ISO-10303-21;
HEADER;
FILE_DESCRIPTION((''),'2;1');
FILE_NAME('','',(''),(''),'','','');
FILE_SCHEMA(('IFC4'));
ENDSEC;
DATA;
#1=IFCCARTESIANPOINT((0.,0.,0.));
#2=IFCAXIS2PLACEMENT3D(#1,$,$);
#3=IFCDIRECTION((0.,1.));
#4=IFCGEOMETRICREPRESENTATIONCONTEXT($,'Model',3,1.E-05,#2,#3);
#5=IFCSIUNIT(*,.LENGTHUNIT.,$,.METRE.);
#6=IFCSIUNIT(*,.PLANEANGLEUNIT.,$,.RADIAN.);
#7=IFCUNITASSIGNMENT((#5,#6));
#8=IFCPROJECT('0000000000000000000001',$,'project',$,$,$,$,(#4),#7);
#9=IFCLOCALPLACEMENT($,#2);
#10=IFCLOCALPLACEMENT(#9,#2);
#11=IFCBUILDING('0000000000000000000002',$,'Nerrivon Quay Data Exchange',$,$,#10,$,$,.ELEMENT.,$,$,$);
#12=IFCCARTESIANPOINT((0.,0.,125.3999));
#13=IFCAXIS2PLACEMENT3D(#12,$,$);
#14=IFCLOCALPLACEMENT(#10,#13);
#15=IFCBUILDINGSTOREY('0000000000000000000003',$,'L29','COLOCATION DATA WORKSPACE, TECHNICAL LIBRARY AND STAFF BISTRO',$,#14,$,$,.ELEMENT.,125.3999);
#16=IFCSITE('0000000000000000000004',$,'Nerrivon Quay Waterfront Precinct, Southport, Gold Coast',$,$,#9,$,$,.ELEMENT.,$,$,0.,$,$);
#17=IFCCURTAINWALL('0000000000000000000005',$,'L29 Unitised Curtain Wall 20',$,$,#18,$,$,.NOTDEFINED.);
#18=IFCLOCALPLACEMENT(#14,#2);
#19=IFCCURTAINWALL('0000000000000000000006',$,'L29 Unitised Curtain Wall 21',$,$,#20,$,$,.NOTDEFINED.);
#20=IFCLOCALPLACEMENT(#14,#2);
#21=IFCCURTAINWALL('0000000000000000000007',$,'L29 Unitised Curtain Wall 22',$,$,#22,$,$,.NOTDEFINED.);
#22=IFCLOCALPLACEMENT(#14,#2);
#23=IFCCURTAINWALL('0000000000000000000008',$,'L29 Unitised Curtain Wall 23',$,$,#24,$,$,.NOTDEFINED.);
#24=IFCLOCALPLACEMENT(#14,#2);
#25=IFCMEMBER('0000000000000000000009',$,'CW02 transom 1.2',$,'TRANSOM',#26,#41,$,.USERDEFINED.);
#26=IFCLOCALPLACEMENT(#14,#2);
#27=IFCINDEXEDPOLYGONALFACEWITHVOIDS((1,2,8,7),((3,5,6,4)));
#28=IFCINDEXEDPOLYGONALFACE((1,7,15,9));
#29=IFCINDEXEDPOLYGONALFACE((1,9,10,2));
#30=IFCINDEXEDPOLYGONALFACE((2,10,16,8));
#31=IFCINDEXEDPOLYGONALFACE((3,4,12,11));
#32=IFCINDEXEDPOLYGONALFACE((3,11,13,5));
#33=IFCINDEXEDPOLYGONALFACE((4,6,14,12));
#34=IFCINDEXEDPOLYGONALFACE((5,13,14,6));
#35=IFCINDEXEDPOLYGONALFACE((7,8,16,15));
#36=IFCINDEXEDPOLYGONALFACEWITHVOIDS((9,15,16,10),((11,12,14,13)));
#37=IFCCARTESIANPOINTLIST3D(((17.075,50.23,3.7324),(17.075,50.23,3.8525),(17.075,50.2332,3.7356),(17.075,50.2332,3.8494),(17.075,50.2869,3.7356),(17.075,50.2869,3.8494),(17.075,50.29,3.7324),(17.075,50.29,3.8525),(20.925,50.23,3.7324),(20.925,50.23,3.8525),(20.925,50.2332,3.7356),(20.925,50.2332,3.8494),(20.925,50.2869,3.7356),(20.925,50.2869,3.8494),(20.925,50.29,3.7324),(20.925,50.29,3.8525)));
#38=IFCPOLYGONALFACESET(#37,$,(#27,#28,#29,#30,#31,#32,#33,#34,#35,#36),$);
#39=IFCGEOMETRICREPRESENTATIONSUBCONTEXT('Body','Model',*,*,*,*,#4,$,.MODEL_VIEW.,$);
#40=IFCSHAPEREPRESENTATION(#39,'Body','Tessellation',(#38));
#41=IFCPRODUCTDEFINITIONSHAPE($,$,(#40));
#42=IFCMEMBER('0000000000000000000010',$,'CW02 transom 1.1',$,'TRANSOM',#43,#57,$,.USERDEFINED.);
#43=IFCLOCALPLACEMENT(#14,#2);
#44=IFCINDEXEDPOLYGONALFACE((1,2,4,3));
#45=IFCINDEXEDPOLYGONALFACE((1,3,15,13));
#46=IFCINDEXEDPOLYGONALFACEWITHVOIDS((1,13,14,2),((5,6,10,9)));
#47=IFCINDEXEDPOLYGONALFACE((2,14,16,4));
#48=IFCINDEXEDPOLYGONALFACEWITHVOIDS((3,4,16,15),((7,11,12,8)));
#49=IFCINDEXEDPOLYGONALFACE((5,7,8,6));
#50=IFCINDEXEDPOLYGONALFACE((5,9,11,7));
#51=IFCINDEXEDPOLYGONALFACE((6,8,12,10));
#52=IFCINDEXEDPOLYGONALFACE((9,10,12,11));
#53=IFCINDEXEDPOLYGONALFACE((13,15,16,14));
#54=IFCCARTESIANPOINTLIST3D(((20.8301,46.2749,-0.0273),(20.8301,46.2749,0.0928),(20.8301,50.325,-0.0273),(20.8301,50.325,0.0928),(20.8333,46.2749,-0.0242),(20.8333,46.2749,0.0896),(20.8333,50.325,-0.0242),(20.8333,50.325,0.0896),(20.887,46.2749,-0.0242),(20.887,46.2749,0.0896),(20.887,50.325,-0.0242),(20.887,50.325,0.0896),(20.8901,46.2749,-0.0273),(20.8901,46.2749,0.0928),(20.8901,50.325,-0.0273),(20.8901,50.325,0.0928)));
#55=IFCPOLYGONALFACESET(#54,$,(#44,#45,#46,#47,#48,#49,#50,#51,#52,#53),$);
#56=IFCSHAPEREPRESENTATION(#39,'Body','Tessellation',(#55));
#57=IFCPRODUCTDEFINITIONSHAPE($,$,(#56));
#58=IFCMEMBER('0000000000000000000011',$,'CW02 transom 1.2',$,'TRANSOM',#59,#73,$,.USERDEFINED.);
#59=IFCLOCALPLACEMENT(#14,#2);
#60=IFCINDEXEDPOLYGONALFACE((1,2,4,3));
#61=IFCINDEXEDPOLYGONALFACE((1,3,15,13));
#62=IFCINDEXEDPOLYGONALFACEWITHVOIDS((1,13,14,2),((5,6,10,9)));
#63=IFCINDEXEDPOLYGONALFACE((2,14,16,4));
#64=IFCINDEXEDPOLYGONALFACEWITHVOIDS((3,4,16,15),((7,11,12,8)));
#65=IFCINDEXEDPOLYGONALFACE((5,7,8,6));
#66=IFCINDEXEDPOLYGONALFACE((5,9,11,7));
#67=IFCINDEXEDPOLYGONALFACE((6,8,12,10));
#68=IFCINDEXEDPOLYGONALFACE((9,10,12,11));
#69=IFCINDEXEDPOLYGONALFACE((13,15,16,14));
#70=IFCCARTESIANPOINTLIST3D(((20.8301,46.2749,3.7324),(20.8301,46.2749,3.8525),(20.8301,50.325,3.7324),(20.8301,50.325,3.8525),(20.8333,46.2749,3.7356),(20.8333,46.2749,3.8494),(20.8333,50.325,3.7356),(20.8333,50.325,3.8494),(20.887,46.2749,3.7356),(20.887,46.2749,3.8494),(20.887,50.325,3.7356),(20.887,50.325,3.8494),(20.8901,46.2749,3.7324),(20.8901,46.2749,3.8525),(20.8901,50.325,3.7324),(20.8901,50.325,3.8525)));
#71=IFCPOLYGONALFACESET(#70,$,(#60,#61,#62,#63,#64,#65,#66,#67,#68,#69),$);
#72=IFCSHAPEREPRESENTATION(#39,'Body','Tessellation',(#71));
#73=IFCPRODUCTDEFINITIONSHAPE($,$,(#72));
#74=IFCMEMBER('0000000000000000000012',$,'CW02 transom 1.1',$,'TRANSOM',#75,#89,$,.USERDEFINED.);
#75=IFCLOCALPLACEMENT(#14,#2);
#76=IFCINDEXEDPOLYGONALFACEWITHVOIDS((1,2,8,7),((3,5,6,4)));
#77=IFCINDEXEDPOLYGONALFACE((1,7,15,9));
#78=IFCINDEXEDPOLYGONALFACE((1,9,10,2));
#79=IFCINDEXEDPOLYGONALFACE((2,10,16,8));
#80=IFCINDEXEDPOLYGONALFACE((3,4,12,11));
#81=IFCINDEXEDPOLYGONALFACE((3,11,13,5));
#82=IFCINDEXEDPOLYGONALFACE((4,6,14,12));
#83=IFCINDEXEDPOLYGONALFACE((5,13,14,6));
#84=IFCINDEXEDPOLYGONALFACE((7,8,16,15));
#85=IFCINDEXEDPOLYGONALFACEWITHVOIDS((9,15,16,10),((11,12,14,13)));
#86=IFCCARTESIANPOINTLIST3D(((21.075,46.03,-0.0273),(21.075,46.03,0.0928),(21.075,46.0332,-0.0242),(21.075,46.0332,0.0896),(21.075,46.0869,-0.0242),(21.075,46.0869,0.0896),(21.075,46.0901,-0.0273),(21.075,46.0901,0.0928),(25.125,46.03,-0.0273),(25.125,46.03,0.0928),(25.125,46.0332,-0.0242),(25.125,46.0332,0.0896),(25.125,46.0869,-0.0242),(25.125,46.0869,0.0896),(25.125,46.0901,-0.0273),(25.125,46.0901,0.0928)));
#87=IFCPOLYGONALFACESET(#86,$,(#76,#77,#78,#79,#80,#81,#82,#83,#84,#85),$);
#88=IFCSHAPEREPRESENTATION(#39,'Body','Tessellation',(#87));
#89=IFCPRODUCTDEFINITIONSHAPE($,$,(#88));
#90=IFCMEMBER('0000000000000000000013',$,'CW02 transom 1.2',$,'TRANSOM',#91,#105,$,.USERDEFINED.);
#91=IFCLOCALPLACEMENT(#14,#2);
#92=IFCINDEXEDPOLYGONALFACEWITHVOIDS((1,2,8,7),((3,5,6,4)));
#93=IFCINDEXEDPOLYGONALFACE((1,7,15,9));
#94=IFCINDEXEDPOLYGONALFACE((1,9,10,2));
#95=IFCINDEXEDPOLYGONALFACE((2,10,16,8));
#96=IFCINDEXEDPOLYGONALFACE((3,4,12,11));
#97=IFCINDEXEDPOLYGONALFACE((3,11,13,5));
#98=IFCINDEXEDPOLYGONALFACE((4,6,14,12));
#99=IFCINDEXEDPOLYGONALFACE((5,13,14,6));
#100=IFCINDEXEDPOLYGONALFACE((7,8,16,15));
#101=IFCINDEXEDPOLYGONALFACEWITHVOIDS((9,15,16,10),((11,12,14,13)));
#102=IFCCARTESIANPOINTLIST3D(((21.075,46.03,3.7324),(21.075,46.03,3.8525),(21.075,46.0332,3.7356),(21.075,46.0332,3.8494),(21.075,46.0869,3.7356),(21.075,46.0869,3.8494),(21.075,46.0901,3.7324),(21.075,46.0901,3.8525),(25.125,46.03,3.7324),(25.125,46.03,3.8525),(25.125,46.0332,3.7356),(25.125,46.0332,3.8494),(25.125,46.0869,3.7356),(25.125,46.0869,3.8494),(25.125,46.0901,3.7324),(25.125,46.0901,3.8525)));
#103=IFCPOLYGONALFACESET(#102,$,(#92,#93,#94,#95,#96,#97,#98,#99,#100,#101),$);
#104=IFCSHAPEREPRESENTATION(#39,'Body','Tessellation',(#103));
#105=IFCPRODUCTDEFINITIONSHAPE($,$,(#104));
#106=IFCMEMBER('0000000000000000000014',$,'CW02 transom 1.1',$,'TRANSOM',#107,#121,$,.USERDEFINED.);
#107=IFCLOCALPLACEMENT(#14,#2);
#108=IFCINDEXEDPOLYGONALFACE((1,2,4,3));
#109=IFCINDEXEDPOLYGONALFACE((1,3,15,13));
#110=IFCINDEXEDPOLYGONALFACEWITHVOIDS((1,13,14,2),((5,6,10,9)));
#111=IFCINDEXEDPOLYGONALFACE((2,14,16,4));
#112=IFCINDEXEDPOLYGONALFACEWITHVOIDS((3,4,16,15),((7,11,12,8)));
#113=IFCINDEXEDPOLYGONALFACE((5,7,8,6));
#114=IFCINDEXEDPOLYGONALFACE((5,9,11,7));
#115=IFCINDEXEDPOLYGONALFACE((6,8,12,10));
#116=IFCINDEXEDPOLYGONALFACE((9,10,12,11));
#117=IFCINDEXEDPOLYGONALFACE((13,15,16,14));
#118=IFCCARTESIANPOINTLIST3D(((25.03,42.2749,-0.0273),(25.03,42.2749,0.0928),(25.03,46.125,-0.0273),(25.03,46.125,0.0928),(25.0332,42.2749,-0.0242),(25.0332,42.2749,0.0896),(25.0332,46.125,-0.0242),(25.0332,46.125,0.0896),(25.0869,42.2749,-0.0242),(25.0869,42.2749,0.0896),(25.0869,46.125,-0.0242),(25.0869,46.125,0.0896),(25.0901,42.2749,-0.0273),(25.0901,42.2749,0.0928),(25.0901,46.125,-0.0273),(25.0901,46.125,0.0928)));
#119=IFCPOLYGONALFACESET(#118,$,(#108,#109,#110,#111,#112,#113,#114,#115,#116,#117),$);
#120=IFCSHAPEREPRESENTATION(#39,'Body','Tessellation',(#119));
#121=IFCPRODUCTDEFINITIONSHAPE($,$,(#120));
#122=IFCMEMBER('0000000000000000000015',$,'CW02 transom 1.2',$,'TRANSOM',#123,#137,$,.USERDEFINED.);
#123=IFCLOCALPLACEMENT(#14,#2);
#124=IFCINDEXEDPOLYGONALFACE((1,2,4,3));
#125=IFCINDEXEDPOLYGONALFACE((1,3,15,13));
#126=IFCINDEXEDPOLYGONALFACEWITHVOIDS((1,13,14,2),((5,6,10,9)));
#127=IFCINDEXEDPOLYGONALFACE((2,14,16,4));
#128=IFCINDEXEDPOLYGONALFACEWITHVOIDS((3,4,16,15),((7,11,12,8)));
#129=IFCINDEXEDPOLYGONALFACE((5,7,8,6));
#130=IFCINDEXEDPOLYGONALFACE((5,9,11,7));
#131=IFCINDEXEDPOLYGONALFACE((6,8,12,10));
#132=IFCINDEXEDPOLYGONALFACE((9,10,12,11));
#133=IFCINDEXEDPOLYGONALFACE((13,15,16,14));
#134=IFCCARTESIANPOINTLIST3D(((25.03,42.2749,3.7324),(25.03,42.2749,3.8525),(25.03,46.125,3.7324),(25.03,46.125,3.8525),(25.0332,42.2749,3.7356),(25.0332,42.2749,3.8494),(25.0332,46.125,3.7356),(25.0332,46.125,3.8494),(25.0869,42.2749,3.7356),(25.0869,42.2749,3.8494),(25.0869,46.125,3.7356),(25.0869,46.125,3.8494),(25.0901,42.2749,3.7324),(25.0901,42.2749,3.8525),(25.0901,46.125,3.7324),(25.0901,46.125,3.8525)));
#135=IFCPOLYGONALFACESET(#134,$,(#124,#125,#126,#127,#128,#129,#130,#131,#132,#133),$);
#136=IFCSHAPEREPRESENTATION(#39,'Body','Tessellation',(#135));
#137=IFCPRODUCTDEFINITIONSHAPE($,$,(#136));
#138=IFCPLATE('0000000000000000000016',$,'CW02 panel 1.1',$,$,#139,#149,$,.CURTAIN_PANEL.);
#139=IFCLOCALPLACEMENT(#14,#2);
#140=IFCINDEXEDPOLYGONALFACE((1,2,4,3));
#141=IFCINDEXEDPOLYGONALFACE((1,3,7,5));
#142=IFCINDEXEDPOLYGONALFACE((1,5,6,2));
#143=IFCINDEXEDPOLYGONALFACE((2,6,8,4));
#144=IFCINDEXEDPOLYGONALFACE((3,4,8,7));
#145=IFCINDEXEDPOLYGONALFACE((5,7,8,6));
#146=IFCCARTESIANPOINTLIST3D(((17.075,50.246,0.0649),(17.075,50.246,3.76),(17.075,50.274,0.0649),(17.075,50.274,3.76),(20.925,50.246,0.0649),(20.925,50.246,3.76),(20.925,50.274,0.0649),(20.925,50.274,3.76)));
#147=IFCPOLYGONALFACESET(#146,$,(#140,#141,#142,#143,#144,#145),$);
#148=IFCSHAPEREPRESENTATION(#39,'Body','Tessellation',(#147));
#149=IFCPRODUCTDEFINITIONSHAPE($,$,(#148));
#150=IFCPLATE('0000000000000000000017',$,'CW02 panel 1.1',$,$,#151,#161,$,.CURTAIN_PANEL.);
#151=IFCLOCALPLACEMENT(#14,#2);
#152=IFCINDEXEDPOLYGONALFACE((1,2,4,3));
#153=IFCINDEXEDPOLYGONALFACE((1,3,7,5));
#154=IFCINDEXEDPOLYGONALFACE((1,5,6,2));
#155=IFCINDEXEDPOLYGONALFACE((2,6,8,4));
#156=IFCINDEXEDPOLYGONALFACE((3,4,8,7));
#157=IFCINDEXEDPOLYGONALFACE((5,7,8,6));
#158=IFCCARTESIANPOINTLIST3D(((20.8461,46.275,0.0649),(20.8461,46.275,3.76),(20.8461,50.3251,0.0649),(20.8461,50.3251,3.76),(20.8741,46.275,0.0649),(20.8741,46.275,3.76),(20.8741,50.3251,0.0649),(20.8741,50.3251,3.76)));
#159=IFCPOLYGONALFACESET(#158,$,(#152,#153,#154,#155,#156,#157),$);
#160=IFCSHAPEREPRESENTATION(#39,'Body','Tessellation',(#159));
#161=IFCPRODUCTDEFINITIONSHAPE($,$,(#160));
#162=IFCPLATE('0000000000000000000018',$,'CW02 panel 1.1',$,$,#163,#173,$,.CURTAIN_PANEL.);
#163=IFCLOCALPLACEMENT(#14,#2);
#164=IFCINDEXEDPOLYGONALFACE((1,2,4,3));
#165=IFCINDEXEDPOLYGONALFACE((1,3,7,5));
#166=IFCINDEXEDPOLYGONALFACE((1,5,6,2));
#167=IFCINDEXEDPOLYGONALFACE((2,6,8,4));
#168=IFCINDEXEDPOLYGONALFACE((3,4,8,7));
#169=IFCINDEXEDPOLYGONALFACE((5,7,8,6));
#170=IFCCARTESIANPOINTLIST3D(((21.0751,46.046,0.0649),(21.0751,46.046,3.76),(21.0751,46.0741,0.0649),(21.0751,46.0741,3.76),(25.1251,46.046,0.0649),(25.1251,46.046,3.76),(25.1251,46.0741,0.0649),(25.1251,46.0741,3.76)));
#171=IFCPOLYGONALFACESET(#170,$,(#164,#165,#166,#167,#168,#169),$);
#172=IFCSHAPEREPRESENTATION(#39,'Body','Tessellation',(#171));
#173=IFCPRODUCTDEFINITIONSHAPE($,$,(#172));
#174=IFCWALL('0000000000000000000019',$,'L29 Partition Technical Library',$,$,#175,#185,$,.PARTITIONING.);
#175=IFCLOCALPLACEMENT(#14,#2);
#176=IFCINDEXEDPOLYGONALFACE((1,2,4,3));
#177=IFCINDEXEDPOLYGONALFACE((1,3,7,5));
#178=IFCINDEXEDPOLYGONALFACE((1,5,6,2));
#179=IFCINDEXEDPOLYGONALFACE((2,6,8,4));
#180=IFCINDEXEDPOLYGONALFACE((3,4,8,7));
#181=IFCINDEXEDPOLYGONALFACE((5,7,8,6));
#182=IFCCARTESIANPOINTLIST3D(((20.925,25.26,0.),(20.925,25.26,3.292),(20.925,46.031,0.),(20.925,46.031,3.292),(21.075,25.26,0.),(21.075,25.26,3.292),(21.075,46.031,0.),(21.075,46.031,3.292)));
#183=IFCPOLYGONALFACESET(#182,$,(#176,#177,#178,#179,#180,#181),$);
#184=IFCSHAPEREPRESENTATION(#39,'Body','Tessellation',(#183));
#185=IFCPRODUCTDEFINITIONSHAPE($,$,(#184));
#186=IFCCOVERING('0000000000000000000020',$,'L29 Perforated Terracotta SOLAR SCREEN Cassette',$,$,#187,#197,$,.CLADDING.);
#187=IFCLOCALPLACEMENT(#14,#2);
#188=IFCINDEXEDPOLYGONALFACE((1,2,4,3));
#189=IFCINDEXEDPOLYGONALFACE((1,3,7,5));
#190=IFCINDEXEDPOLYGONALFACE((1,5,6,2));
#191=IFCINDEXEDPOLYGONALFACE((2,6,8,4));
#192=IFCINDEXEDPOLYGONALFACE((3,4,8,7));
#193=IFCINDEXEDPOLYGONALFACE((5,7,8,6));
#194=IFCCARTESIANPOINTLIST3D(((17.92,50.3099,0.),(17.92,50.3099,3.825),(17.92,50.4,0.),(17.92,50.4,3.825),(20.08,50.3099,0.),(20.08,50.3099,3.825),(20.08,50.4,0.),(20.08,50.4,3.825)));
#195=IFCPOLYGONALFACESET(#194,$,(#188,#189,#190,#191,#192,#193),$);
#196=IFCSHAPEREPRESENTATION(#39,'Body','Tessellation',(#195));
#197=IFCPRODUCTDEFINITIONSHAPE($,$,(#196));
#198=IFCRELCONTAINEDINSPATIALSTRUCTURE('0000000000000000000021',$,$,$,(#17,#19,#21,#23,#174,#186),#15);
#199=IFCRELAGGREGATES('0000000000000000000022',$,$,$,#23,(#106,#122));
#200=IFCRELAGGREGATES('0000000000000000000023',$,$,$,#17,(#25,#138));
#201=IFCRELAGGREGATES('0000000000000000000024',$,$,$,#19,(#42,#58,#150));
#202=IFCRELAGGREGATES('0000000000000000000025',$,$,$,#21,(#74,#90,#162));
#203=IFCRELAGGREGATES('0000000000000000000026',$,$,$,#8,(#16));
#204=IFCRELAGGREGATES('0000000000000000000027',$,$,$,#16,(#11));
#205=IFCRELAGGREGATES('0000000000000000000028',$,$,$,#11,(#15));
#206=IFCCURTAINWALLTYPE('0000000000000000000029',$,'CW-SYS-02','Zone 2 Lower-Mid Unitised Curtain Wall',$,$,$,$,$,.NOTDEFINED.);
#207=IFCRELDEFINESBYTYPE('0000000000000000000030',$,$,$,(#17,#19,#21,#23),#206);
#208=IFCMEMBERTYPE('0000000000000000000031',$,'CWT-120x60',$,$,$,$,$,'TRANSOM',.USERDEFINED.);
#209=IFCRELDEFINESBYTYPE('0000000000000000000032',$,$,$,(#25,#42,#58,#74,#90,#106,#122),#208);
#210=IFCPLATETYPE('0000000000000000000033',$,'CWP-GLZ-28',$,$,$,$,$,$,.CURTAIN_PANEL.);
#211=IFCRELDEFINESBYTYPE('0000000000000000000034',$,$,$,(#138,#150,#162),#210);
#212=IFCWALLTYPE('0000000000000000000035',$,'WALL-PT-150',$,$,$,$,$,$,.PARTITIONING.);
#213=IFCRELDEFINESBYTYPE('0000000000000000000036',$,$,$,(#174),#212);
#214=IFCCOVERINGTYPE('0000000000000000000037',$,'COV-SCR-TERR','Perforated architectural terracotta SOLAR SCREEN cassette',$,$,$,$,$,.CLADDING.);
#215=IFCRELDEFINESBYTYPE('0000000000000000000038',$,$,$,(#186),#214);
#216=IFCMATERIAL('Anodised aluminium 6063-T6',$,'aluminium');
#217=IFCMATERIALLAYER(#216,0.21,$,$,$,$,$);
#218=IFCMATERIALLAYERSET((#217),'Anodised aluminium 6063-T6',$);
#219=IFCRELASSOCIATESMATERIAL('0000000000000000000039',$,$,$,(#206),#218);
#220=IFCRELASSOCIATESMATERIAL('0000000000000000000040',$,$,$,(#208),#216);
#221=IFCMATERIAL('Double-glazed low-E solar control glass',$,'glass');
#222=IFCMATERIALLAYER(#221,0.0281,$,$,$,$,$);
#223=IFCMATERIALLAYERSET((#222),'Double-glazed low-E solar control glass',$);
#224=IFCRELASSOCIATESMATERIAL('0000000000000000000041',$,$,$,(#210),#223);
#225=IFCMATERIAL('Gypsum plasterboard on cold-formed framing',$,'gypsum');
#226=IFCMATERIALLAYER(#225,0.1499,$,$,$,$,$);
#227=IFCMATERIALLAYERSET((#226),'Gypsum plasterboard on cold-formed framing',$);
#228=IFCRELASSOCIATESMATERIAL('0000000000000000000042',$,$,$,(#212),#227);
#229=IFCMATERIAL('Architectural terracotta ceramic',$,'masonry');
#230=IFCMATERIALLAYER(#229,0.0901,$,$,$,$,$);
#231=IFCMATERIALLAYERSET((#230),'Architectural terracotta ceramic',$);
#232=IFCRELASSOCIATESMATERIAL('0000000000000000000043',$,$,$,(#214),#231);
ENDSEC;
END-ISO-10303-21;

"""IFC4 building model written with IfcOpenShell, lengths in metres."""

from ifc_helpers import new_model, si_unit, direction, frame, frame_2d, origin, origin_2d, place, context, subcontext, project, spatial, rectangle, hollow_rectangle, extrude, material, layer, layer_set, material_profile, profile_set, type_object, element, aggregate, save


model = new_model("IFC4")

# Units and contexts
model_context = context("Model", 3, precision=1e-05, world=origin(), true_north=direction((0.0, 1.0)))
body_context = subcontext(model_context, "Body", "Model", "MODEL_VIEW")
ifc_project = project(units=[si_unit("LENGTHUNIT", "METRE"), si_unit("PLANEANGLEUNIT", "RADIAN")], contexts=[model_context])

# Site, building, storey
site_placement = place(None, origin())
site = spatial("IfcSite", under=ifc_project, at=site_placement, Name="Nerrivon Quay Waterfront Precinct, Southport, Gold Coast", CompositionType="ELEMENT", RefElevation=0.0)
building_placement = place(site_placement, origin())
building = spatial("IfcBuilding", under=site, at=building_placement, Name="Nerrivon Quay Data Exchange", CompositionType="ELEMENT")
storey_placement = place(building_placement, frame((0.0, 0.0, 125.3999)))
storey = spatial("IfcBuildingStorey", under=building, at=storey_placement, Name="L29", Description="COLOCATION DATA WORKSPACE, TECHNICAL LIBRARY AND STAFF BISTRO", CompositionType="ELEMENT", Elevation=125.3999)

# Shared definitions
ifc_material_1 = material(Name="Anodised aluminium 6063-T6", Category="aluminium")
ifc_layer_1 = layer(ifc_material_1, 0.21)
ifc_layer_set_1 = layer_set([ifc_layer_1], Name="Anodised aluminium 6063-T6")
curtain_wall_type = type_object("IfcCurtainWallType", Name="CW-SYS-02", Description="Zone 2 Lower-Mid Unitised Curtain Wall", PredefinedType="NOTDEFINED", material=ifc_layer_set_1)

# Curtain walls
curtain_wall_1_placement = place(storey_placement, origin())
curtain_wall_1 = element("IfcCurtainWall", 1, at=curtain_wall_1_placement, inside=storey, type_object=curtain_wall_type, Name="L29 Unitised Curtain Wall 20", PredefinedType="NOTDEFINED")
curtain_wall_2_placement = place(storey_placement, origin())
curtain_wall_2 = element("IfcCurtainWall", 2, at=curtain_wall_2_placement, inside=storey, type_object=curtain_wall_type, Name="L29 Unitised Curtain Wall 21", PredefinedType="NOTDEFINED")
curtain_wall_3_placement = place(storey_placement, origin())
curtain_wall_3 = element("IfcCurtainWall", 3, at=curtain_wall_3_placement, inside=storey, type_object=curtain_wall_type, Name="L29 Unitised Curtain Wall 22", PredefinedType="NOTDEFINED")

# Curtain wall
curtain_wall_4_placement = place(storey_placement, origin())
curtain_wall_4 = element("IfcCurtainWall", 4, at=curtain_wall_4_placement, inside=storey, type_object=curtain_wall_type, Name="L29 Unitised Curtain Wall 23", PredefinedType="NOTDEFINED")

# Members
ifc_material_profile_1 = material_profile(ifc_material_1, hollow_rectangle(XDim=0.0601, YDim=0.1201, WallThickness=0.0032, at=origin_2d()), Name="ALU-TRAN-120x60")
ifc_profile_set_1 = profile_set([ifc_material_profile_1], Name="Anodised aluminium 6063-T6")
member_type_1 = type_object("IfcMemberType", Name="CWT-120x60", ElementType="TRANSOM", PredefinedType="USERDEFINED", material=ifc_profile_set_1)
member_1_placement = place(storey_placement, frame((17.075, 50.26, 3.7925), z_axis=(1.0, 0.0, 0.0), x_axis=(0.0, 1.0, 0.0)))
member_1 = element("IfcMember", 5, at=member_1_placement, type_object=member_type_1, Name="CW02 transom 1.2", ObjectType="TRANSOM", PredefinedType="USERDEFINED", context=body_context, shape_type="SweptSolid", body=[
    extrude(hollow_rectangle(XDim=0.0601, YDim=0.1201, WallThickness=0.0032, at=origin_2d()), origin(), (0.0, 0.0, 1.0), 3.8501),
])
member_2_placement = place(storey_placement, frame((20.8601, 50.325, 0.0327), z_axis=(0.0, -1.0, 0.0), x_axis=(1.0, 0.0, 0.0)))
member_2 = element("IfcMember", 6, at=member_2_placement, type_object=member_type_1, Name="CW02 transom 1.1", ObjectType="TRANSOM", PredefinedType="USERDEFINED", context=body_context, shape_type="SweptSolid", body=[
    extrude(hollow_rectangle(XDim=0.0601, YDim=0.1201, WallThickness=0.0032, at=origin_2d()), origin(), (0.0, 0.0, 1.0), 4.05),
])
member_3_placement = place(storey_placement, frame((20.8601, 50.325, 3.7925), z_axis=(0.0, -1.0, 0.0), x_axis=(1.0, 0.0, 0.0)))
member_3 = element("IfcMember", 7, at=member_3_placement, type_object=member_type_1, Name="CW02 transom 1.2", ObjectType="TRANSOM", PredefinedType="USERDEFINED", context=body_context, shape_type="SweptSolid", body=[
    extrude(hollow_rectangle(XDim=0.0601, YDim=0.1201, WallThickness=0.0032, at=origin_2d()), origin(), (0.0, 0.0, 1.0), 4.05),
])
member_4_placement = place(storey_placement, frame((21.075, 46.0601, 0.0327), z_axis=(1.0, 0.0, 0.0), x_axis=(0.0, 1.0, 0.0)))
member_4 = element("IfcMember", 8, at=member_4_placement, type_object=member_type_1, Name="CW02 transom 1.1", ObjectType="TRANSOM", PredefinedType="USERDEFINED", context=body_context, shape_type="SweptSolid", body=[
    extrude(hollow_rectangle(XDim=0.0601, YDim=0.1201, WallThickness=0.0032, at=origin_2d()), origin(), (0.0, 0.0, 1.0), 4.05),
])
member_5_placement = place(storey_placement, frame((21.075, 46.0601, 3.7925), z_axis=(1.0, 0.0, 0.0), x_axis=(0.0, 1.0, 0.0)))
member_5 = element("IfcMember", 9, at=member_5_placement, type_object=member_type_1, Name="CW02 transom 1.2", ObjectType="TRANSOM", PredefinedType="USERDEFINED", context=body_context, shape_type="SweptSolid", body=[
    extrude(hollow_rectangle(XDim=0.0601, YDim=0.1201, WallThickness=0.0032, at=origin_2d()), origin(), (0.0, 0.0, 1.0), 4.05),
])
member_6_placement = place(storey_placement, frame((25.0601, 46.125, 0.0327), z_axis=(0.0, -1.0, 0.0), x_axis=(1.0, 0.0, 0.0)))
member_6 = element("IfcMember", 10, at=member_6_placement, type_object=member_type_1, Name="CW02 transom 1.1", ObjectType="TRANSOM", PredefinedType="USERDEFINED", context=body_context, shape_type="SweptSolid", body=[
    extrude(hollow_rectangle(XDim=0.0601, YDim=0.1201, WallThickness=0.0032, at=origin_2d()), origin(), (0.0, 0.0, 1.0), 3.8501),
])
member_7_placement = place(storey_placement, frame((25.0601, 46.125, 3.7925), z_axis=(0.0, -1.0, 0.0), x_axis=(1.0, 0.0, 0.0)))
member_7 = element("IfcMember", 11, at=member_7_placement, type_object=member_type_1, Name="CW02 transom 1.2", ObjectType="TRANSOM", PredefinedType="USERDEFINED", context=body_context, shape_type="SweptSolid", body=[
    extrude(hollow_rectangle(XDim=0.0601, YDim=0.1201, WallThickness=0.0032, at=origin_2d()), origin(), (0.0, 0.0, 1.0), 3.8501),
])
aggregate(curtain_wall_4, [member_6, member_7])

# Plates
ifc_material_2 = material(Name="Double-glazed low-E solar control glass", Category="glass")
ifc_layer_2 = layer(ifc_material_2, 0.0281)
ifc_layer_set_2 = layer_set([ifc_layer_2], Name="Double-glazed low-E solar control glass")
plate_type = type_object("IfcPlateType", Name="CWP-GLZ-28", PredefinedType="CURTAIN_PANEL", material=ifc_layer_set_2)
plate_1_placement = place(storey_placement, frame((19.0, 50.26, 0.0649), z_axis=(0.0, 0.0, 1.0), x_axis=(1.0, 0.0, 0.0)))
plate_1 = element("IfcPlate", 12, at=plate_1_placement, type_object=plate_type, Name="CW02 panel 1.1", PredefinedType="CURTAIN_PANEL", context=body_context, shape_type="SweptSolid", body=[
    extrude(rectangle(XDim=3.8501, YDim=0.0281, at=origin_2d()), origin(), (0.0, 0.0, 1.0), 3.6951),
])
aggregate(curtain_wall_1, [member_1, plate_1])
plate_2_placement = place(storey_placement, frame((20.8601, 48.3, 0.0649), z_axis=(0.0, 0.0, 1.0), x_axis=(0.0, -1.0, 0.0)))
plate_2 = element("IfcPlate", 13, at=plate_2_placement, type_object=plate_type, Name="CW02 panel 1.1", PredefinedType="CURTAIN_PANEL", context=body_context, shape_type="SweptSolid", body=[
    extrude(rectangle(XDim=4.05, YDim=0.0281, at=origin_2d()), origin(), (0.0, 0.0, 1.0), 3.6951),
])
aggregate(curtain_wall_2, [member_2, member_3, plate_2])
plate_3_placement = place(storey_placement, frame((23.1001, 46.0601, 0.0649), z_axis=(0.0, 0.0, 1.0), x_axis=(1.0, 0.0, 0.0)))
plate_3 = element("IfcPlate", 14, at=plate_3_placement, type_object=plate_type, Name="CW02 panel 1.1", PredefinedType="CURTAIN_PANEL", context=body_context, shape_type="SweptSolid", body=[
    extrude(rectangle(XDim=4.05, YDim=0.0281, at=origin_2d()), origin(), (0.0, 0.0, 1.0), 3.6951),
])
aggregate(curtain_wall_3, [member_4, member_5, plate_3])

# Wall
ifc_material_3 = material(Name="Gypsum plasterboard on cold-formed framing", Category="gypsum")
ifc_layer_3 = layer(ifc_material_3, 0.1499)
ifc_layer_set_3 = layer_set([ifc_layer_3], Name="Gypsum plasterboard on cold-formed framing")
wall_type = type_object("IfcWallType", Name="WALL-PT-150", PredefinedType="PARTITIONING", material=ifc_layer_set_3)
wall_placement = place(storey_placement, frame((21.0, 46.031, 0.0), z_axis=(0.0, 0.0, 1.0), x_axis=(0.0, -1.0, 0.0)))
element("IfcWall", 15, at=wall_placement, inside=storey, type_object=wall_type, Name="L29 Partition Technical Library", PredefinedType="PARTITIONING", context=body_context, shape_type="SweptSolid", body=[
    extrude(rectangle(XDim=20.771, YDim=0.1499, at=frame_2d((10.3855, 0.0))), origin(), (0.0, 0.0, 1.0), 3.292),
])

# Covering
ifc_material_4 = material(Name="Architectural terracotta ceramic", Category="masonry")
ifc_layer_4 = layer(ifc_material_4, 0.0901)
ifc_layer_set_4 = layer_set([ifc_layer_4], Name="Architectural terracotta ceramic")
covering_type = type_object("IfcCoveringType", Name="COV-SCR-TERR", Description="Perforated architectural terracotta SOLAR SCREEN cassette", PredefinedType="CLADDING", material=ifc_layer_set_4)
covering_placement = place(storey_placement, frame((19.0, 50.355, 0.0), z_axis=(0.0, 0.0, 1.0), x_axis=(1.0, 0.0, 0.0)))
element("IfcCovering", 16, at=covering_placement, inside=storey, type_object=covering_type, Name="L29 Perforated Terracotta SOLAR SCREEN Cassette", PredefinedType="CLADDING", context=body_context, shape_type="SweptSolid", body=[
    extrude(rectangle(XDim=2.1599, YDim=0.0901, at=origin_2d()), origin(), (0.0, 0.0, 1.0), 3.825),
])

save(model, "model.ifc")
